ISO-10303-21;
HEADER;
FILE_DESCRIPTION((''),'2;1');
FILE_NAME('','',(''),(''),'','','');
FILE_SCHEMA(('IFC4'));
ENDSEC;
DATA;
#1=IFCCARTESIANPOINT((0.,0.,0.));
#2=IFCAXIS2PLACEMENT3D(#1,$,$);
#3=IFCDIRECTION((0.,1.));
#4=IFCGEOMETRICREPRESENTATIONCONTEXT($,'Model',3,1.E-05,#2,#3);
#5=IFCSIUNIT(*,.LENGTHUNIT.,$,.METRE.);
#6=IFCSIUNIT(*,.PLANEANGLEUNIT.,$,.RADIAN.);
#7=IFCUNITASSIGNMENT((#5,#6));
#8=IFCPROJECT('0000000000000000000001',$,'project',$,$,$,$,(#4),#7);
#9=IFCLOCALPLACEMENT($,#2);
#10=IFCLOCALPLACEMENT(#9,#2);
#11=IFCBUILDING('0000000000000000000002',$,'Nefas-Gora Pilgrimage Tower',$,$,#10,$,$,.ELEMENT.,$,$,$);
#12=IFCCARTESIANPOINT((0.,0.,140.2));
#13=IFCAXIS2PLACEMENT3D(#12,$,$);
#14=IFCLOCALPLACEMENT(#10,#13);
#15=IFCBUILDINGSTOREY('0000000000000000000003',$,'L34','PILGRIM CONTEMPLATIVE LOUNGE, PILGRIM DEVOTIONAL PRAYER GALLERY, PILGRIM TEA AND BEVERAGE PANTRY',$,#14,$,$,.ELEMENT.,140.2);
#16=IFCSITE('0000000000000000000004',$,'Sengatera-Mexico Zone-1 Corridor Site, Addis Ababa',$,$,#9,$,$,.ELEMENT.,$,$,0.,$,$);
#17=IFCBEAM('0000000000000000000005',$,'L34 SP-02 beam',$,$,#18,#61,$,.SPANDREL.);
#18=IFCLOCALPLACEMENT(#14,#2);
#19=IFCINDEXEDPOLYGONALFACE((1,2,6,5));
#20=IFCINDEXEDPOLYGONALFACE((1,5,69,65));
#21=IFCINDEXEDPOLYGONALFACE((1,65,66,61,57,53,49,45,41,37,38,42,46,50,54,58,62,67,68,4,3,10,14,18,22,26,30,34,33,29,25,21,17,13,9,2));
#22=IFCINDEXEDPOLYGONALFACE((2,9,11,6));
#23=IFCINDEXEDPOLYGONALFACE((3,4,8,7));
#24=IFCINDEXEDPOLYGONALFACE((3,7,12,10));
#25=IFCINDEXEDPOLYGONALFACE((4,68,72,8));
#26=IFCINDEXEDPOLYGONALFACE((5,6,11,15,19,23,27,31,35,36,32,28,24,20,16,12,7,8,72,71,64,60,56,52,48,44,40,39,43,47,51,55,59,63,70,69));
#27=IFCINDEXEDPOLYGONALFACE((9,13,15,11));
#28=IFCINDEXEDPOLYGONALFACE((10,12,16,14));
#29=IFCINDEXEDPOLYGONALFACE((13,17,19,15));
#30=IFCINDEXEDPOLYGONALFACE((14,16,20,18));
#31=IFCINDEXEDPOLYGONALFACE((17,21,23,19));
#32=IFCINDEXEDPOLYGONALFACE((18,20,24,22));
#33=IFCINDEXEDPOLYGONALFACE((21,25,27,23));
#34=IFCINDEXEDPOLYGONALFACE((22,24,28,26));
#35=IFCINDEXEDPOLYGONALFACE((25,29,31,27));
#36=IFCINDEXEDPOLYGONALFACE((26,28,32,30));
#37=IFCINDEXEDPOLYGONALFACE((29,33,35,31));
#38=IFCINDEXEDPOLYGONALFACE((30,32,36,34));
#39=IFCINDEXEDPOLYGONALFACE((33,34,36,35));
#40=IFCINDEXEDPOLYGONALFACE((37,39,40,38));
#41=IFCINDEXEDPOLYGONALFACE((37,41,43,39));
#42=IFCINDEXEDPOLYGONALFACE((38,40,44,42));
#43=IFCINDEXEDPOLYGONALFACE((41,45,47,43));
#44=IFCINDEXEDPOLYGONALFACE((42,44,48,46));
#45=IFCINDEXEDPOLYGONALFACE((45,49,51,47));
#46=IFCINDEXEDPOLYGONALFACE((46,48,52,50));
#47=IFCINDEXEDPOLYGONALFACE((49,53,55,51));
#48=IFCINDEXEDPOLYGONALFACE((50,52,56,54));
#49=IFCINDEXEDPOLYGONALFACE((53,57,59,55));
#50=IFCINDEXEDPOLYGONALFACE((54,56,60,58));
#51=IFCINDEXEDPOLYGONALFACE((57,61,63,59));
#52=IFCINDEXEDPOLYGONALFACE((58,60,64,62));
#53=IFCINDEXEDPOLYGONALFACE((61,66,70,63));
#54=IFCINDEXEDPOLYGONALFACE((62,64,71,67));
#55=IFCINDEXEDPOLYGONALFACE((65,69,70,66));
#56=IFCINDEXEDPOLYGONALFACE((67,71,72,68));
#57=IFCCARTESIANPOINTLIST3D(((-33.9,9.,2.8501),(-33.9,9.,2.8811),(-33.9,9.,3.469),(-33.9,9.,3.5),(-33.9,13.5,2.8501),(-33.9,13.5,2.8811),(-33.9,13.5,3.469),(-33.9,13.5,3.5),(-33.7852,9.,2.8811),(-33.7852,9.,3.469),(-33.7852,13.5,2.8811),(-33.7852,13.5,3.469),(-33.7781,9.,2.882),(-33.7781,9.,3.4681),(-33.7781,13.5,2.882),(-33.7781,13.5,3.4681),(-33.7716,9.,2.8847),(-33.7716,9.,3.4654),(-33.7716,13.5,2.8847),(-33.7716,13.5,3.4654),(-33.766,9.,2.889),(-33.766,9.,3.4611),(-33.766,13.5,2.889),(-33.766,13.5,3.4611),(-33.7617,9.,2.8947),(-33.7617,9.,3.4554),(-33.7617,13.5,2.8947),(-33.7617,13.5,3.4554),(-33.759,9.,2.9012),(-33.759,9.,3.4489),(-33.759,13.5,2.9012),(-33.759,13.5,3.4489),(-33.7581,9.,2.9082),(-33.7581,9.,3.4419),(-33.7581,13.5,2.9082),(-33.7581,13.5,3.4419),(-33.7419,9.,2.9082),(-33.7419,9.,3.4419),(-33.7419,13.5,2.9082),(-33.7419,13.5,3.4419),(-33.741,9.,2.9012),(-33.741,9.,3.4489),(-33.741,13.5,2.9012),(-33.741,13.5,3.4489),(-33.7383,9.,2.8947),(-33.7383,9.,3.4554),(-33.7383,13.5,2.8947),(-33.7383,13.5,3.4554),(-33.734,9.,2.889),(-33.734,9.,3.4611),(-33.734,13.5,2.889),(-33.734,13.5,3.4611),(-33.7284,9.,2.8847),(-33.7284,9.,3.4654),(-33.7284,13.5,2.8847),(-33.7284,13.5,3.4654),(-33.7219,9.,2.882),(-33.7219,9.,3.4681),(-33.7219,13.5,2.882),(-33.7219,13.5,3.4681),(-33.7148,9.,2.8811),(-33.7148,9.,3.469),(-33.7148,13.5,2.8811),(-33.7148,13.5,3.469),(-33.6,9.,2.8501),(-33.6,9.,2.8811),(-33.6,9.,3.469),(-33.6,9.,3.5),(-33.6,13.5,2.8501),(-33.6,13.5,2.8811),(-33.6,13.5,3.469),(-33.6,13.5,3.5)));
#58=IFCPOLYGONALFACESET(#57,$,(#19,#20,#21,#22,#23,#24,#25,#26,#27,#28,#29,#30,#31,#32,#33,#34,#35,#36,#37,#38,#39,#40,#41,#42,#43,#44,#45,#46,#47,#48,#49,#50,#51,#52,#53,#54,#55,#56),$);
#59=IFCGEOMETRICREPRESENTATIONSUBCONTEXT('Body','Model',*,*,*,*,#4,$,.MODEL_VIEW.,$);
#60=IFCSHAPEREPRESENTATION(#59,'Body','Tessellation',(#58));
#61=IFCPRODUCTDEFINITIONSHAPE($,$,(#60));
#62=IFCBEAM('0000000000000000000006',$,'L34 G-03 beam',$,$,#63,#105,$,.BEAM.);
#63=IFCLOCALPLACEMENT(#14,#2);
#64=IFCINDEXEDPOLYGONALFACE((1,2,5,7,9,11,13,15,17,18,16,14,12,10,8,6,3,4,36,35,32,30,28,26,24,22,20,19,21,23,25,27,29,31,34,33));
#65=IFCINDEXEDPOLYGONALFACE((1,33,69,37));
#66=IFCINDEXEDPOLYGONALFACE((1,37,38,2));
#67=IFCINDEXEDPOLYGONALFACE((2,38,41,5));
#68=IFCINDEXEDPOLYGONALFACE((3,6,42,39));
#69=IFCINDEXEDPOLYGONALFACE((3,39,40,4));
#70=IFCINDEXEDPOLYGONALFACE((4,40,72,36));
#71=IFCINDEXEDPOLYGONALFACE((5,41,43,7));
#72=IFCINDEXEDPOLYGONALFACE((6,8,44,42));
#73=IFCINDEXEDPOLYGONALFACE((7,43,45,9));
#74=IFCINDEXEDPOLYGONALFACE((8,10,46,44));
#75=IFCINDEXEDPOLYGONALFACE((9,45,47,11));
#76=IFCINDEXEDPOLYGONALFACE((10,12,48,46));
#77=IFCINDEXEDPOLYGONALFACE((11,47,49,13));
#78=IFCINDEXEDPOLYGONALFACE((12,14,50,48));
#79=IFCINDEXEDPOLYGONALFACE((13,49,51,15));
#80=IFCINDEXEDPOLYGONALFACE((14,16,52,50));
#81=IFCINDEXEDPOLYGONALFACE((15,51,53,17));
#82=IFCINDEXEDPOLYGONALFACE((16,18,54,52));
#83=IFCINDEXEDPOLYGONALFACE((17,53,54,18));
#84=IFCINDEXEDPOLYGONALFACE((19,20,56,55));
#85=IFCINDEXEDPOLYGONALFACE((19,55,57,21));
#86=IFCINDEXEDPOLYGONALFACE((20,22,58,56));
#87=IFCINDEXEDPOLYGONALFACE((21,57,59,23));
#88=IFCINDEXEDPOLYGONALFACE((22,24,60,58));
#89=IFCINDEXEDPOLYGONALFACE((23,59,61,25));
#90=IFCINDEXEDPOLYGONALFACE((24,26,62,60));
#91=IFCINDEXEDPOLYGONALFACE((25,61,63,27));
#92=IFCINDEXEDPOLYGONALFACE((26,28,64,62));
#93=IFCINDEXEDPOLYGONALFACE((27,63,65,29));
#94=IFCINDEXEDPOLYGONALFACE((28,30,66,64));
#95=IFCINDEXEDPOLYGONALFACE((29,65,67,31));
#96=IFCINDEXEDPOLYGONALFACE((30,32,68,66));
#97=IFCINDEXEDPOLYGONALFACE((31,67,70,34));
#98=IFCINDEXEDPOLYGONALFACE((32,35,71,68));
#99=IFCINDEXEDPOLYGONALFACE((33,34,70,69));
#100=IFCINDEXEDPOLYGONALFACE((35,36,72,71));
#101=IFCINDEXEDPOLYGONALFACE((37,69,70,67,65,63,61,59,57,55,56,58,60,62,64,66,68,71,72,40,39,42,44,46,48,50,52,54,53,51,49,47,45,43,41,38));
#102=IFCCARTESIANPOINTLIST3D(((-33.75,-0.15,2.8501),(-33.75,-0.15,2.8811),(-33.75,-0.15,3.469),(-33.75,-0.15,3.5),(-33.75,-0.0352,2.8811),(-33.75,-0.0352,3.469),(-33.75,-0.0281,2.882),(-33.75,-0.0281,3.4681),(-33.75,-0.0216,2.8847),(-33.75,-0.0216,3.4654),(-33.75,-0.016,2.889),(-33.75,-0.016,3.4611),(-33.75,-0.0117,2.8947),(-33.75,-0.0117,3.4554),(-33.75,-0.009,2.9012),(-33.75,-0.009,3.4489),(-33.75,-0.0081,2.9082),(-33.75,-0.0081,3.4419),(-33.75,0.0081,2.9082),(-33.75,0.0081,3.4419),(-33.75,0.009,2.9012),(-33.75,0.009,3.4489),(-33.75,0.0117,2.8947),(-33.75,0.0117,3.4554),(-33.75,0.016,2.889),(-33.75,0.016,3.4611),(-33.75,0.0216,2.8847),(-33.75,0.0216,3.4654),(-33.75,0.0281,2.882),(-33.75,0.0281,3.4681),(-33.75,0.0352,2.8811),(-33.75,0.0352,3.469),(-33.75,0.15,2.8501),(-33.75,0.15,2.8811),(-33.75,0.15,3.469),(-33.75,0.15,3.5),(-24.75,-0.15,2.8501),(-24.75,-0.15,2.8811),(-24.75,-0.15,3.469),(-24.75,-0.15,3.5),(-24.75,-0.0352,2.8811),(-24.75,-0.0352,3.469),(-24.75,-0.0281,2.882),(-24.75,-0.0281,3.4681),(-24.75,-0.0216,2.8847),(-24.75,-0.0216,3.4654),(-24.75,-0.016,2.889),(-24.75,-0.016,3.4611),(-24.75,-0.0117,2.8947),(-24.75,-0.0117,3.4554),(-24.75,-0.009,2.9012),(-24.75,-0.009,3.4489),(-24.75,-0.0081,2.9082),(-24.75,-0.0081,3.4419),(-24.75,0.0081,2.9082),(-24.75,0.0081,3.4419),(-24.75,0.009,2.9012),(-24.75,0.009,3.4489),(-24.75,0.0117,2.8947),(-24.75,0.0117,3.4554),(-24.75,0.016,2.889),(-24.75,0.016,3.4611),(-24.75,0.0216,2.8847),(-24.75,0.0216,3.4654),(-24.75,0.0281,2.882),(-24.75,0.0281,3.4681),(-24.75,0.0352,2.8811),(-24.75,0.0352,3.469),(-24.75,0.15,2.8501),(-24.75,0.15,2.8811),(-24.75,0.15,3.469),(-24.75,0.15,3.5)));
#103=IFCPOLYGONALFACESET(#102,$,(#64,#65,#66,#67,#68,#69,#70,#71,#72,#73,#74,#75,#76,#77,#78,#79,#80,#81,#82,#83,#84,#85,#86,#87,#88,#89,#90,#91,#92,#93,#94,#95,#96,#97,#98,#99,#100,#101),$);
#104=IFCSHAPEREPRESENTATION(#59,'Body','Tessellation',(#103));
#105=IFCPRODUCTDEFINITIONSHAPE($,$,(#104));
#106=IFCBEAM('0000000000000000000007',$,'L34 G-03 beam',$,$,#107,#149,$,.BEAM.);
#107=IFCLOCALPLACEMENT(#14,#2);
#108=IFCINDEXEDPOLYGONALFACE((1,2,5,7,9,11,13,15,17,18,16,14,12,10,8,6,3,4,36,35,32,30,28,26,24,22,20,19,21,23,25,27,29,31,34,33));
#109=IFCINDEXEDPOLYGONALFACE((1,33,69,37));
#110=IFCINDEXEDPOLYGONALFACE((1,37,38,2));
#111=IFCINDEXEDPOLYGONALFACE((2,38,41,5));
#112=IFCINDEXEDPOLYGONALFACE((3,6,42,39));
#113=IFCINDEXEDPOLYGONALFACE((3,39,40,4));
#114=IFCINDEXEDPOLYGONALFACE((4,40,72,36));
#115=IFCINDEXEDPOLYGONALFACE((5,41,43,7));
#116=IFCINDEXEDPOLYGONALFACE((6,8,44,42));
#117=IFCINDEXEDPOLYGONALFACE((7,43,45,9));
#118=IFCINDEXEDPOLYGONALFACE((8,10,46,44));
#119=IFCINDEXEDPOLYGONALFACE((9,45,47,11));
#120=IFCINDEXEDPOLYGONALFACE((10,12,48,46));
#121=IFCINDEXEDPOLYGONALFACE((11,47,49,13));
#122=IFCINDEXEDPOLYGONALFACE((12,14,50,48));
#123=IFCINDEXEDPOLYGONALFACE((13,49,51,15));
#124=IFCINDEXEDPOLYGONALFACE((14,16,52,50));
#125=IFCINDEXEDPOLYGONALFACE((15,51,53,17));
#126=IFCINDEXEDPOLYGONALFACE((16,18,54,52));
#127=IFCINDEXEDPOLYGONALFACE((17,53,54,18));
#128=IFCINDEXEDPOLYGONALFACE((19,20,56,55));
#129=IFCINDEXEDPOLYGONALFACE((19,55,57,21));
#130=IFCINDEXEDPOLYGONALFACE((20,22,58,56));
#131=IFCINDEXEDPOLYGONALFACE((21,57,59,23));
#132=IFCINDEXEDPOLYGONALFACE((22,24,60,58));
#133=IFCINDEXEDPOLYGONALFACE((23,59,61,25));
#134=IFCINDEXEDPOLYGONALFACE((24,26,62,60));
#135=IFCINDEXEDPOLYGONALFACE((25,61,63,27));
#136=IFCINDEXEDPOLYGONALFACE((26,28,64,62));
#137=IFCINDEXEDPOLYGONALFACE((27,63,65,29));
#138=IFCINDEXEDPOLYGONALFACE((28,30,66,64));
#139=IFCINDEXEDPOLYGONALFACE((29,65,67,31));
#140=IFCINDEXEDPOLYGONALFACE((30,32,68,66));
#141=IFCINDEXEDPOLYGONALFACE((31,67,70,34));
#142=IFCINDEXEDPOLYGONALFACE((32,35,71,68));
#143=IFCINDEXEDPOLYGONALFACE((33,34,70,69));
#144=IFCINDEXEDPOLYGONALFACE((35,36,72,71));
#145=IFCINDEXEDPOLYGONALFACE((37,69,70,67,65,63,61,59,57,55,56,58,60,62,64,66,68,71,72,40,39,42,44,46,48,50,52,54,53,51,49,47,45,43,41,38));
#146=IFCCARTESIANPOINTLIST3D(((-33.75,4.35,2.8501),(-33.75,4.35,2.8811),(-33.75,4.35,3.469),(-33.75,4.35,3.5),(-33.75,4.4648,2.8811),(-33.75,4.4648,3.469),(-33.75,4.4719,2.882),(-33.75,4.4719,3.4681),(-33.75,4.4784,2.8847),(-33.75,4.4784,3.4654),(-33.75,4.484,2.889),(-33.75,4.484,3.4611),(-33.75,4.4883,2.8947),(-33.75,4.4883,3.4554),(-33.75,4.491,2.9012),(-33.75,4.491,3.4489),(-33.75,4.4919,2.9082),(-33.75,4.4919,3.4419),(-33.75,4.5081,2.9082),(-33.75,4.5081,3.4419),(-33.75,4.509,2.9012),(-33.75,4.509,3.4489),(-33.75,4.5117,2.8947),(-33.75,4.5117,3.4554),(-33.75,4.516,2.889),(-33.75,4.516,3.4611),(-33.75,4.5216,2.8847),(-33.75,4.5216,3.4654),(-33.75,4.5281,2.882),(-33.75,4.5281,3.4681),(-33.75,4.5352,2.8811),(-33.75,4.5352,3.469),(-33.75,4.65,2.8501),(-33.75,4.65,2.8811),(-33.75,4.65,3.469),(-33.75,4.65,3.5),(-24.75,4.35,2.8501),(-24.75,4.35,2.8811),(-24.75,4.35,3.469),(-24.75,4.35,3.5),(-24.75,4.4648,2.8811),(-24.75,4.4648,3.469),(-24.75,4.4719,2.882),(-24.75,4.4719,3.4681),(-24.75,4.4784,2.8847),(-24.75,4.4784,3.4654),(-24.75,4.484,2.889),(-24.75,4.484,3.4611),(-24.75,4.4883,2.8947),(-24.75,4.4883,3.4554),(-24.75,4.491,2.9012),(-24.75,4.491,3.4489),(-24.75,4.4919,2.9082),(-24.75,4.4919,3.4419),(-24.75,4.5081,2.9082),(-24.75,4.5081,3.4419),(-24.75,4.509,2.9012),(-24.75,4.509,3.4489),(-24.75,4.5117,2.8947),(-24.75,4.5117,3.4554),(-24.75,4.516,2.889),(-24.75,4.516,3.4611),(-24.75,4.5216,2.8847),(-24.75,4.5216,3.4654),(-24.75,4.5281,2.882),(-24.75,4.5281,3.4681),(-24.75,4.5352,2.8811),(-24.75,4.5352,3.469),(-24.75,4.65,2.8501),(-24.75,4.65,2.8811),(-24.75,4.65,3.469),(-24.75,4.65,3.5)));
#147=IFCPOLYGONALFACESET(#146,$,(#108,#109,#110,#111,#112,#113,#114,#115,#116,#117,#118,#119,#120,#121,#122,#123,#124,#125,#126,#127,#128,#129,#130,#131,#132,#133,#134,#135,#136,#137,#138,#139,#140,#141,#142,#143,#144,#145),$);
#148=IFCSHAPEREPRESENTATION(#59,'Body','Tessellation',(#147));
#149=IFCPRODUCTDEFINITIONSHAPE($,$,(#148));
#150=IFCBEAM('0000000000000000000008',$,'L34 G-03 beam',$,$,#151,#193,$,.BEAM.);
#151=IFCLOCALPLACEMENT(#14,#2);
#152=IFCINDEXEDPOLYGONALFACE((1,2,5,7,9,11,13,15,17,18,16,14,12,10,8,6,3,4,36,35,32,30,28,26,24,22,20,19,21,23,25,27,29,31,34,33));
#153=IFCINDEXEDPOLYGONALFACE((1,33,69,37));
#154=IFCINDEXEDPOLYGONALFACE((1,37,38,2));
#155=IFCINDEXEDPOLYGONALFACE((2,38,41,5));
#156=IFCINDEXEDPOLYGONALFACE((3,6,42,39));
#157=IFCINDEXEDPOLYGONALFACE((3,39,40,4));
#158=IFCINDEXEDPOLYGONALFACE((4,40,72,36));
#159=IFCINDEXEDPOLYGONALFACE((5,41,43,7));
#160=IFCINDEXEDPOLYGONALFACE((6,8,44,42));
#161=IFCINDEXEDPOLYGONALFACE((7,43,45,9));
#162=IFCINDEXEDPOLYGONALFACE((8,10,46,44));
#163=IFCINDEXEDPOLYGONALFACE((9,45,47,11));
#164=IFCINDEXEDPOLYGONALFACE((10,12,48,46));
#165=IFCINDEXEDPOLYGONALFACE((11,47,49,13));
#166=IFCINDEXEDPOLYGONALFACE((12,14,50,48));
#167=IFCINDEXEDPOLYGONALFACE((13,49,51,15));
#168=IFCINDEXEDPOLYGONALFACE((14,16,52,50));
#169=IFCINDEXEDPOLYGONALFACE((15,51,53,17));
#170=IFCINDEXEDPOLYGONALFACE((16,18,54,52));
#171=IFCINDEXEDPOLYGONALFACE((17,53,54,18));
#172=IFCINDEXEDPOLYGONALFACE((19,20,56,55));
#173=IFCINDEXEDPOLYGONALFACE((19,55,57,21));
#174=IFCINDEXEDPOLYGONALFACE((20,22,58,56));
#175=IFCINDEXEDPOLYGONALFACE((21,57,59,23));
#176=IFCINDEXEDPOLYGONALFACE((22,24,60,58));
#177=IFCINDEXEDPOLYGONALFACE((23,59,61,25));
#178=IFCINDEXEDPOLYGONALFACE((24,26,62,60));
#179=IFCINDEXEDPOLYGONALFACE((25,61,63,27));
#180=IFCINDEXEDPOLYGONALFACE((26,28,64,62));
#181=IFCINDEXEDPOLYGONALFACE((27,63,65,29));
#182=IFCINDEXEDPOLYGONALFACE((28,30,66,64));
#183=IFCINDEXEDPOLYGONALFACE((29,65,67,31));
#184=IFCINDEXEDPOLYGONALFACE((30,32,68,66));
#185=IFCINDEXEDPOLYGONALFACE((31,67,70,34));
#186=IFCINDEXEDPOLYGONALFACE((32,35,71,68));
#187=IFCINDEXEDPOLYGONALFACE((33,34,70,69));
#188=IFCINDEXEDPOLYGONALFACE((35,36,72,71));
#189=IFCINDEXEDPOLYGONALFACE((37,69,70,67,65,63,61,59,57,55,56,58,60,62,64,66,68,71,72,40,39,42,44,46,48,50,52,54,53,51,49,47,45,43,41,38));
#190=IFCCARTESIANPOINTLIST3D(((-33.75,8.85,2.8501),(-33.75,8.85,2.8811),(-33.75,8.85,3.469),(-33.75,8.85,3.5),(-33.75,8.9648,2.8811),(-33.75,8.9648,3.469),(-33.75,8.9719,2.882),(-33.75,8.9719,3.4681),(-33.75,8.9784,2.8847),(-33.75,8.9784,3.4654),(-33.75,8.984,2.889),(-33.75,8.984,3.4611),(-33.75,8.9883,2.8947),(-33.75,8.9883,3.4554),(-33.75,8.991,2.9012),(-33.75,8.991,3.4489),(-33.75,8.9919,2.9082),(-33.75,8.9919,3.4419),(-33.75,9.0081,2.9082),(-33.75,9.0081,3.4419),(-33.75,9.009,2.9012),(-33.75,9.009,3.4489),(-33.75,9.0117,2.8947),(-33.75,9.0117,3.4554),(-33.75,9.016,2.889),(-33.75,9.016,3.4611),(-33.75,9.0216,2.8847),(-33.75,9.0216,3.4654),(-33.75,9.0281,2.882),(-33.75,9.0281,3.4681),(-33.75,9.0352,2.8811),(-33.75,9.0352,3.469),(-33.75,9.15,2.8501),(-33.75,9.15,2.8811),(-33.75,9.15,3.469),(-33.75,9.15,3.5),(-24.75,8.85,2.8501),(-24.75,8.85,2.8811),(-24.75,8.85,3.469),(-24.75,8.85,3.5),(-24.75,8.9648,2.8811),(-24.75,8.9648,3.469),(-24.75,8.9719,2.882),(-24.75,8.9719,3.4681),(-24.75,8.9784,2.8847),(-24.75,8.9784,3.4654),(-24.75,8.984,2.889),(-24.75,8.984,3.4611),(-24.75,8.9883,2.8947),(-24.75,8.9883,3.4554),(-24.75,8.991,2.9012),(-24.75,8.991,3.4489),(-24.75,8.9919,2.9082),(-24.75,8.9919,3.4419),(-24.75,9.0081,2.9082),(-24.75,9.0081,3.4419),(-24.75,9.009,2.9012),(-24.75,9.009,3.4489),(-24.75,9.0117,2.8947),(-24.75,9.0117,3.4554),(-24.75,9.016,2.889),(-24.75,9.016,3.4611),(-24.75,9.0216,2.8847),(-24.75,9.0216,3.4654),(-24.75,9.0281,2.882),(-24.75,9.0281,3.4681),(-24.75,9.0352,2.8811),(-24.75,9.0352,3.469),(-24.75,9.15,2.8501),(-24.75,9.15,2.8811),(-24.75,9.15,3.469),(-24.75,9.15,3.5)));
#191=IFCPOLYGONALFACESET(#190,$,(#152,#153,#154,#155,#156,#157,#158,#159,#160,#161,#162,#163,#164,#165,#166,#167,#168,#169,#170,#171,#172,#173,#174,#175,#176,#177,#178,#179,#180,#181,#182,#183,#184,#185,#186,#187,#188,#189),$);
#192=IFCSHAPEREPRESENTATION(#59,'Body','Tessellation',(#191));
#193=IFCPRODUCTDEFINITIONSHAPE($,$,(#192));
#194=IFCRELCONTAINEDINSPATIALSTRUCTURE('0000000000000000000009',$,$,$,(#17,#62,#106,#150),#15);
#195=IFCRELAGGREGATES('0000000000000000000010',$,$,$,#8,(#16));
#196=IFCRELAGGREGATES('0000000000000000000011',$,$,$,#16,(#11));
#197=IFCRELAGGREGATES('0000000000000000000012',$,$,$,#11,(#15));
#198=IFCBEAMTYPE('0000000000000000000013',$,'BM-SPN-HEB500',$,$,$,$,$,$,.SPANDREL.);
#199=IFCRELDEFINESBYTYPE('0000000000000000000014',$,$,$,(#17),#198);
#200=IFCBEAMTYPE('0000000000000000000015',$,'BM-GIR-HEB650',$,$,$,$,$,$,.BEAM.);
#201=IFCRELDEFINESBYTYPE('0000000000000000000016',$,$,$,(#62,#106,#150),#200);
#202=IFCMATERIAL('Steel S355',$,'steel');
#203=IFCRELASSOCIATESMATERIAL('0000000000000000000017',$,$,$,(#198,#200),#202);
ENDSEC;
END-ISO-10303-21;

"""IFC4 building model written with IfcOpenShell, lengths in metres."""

from ifc_helpers import new_model, si_unit, direction, frame, origin, origin_2d, place, context, subcontext, project, spatial, i_section, extrude, source, transform, mapped, material, material_profile, profile_set, type_object, element, save


model = new_model("IFC4")

# Units and contexts
model_context = context("Model", 3, precision=1e-05, world=origin(), true_north=direction((0.0, 1.0)))
body_context = subcontext(model_context, "Body", "Model", "MODEL_VIEW")
ifc_project = project(units=[si_unit("LENGTHUNIT", "METRE"), si_unit("PLANEANGLEUNIT", "RADIAN")], contexts=[model_context])

# Site, building, storey
site_placement = place(None, origin())
site = spatial("IfcSite", under=ifc_project, at=site_placement, Name="Sengatera-Mexico Zone-1 Corridor Site, Addis Ababa", CompositionType="ELEMENT", RefElevation=0.0)
building_placement = place(site_placement, origin())
building = spatial("IfcBuilding", under=site, at=building_placement, Name="Nefas-Gora Pilgrimage Tower", CompositionType="ELEMENT")
storey_placement = place(building_placement, frame((0.0, 0.0, 140.2)))
storey = spatial("IfcBuildingStorey", under=building, at=storey_placement, Name="L34", Description="PILGRIM CONTEMPLATIVE LOUNGE, PILGRIM DEVOTIONAL PRAYER GALLERY, PILGRIM TEA AND BEVERAGE PANTRY", CompositionType="ELEMENT", Elevation=140.2)

# Beams
ifc_material_1 = material(Name="Steel S355", Category="steel")
ifc_material_profile_1 = material_profile(ifc_material_1, i_section(OverallWidth=0.3, OverallDepth=0.6499, WebThickness=0.0161, FlangeThickness=0.031, FilletRadius=0.0271, at=origin_2d()), Name="HEB 650")
ifc_profile_set_1 = profile_set([ifc_material_profile_1], Name="Steel S355")
beam_type_1 = type_object("IfcBeamType", Name="BM-SPN-HEB500", PredefinedType="SPANDREL", material=ifc_profile_set_1)
shared_shape_1 = source(origin(), body_context, "Body", "SweptSolid", [
    extrude(i_section(OverallWidth=0.3, OverallDepth=0.6499, WebThickness=0.0161, FlangeThickness=0.031, FilletRadius=0.0271, at=origin_2d()), origin(), (0.0, 0.0, 1.0), 4.5),
])
for number, where, z_axis, x_axis, name in (
    (1, (-33.75, 9.0, 3.175), (0.0, 1.0, 0.0), (-1.0, 0.0, 0.0), "L34 SP-02 beam"),
):
    element("IfcBeam", number, at=place(storey_placement, frame(where, z_axis=z_axis, x_axis=x_axis)), inside=storey, type_object=beam_type_1, Name=name, PredefinedType="SPANDREL", context=body_context, shape_type="MappedRepresentation", body=[
        mapped(shared_shape_1, transform((0.0, 0.0, 0.0), x_axis=(1.0, 0.0, 0.0), y_axis=(0.0, 1.0, 0.0), z_axis=(0.0, 0.0, 1.0), scale=1.0)),
    ])
ifc_material_profile_2 = material_profile(ifc_material_1, i_section(OverallWidth=0.3, OverallDepth=0.6499, WebThickness=0.0161, FlangeThickness=0.031, FilletRadius=0.0271, at=origin_2d()), Name="HEB 650")
ifc_profile_set_2 = profile_set([ifc_material_profile_2], Name="Steel S355")
beam_type_2 = type_object("IfcBeamType", Name="BM-GIR-HEB650", PredefinedType="BEAM", material=ifc_profile_set_2)
shared_shape_2 = source(origin(), body_context, "Body", "SweptSolid", [
    extrude(i_section(OverallWidth=0.3, OverallDepth=0.6499, WebThickness=0.0161, FlangeThickness=0.031, FilletRadius=0.0271, at=origin_2d()), origin(), (0.0, 0.0, 1.0), 9.0),
])
for number, where, z_axis, x_axis, name in (
    (2, (-33.75, 0.0, 3.175), (1.0, 0.0, 0.0), (0.0, 1.0, 0.0), "L34 G-03 beam"),
    (3, (-33.75, 4.5, 3.175), (1.0, 0.0, 0.0), (0.0, 1.0, 0.0), "L34 G-03 beam"),
    (4, (-33.75, 9.0, 3.175), (1.0, 0.0, 0.0), (0.0, 1.0, 0.0), "L34 G-03 beam"),
):
    element("IfcBeam", number, at=place(storey_placement, frame(where, z_axis=z_axis, x_axis=x_axis)), inside=storey, type_object=beam_type_2, Name=name, PredefinedType="BEAM", context=body_context, shape_type="MappedRepresentation", body=[
        mapped(shared_shape_2, transform((0.0, 0.0, 0.0), x_axis=(1.0, 0.0, 0.0), y_axis=(0.0, 1.0, 0.0), z_axis=(0.0, 0.0, 1.0), scale=1.0)),
    ])

save(model, "model.ifc")
